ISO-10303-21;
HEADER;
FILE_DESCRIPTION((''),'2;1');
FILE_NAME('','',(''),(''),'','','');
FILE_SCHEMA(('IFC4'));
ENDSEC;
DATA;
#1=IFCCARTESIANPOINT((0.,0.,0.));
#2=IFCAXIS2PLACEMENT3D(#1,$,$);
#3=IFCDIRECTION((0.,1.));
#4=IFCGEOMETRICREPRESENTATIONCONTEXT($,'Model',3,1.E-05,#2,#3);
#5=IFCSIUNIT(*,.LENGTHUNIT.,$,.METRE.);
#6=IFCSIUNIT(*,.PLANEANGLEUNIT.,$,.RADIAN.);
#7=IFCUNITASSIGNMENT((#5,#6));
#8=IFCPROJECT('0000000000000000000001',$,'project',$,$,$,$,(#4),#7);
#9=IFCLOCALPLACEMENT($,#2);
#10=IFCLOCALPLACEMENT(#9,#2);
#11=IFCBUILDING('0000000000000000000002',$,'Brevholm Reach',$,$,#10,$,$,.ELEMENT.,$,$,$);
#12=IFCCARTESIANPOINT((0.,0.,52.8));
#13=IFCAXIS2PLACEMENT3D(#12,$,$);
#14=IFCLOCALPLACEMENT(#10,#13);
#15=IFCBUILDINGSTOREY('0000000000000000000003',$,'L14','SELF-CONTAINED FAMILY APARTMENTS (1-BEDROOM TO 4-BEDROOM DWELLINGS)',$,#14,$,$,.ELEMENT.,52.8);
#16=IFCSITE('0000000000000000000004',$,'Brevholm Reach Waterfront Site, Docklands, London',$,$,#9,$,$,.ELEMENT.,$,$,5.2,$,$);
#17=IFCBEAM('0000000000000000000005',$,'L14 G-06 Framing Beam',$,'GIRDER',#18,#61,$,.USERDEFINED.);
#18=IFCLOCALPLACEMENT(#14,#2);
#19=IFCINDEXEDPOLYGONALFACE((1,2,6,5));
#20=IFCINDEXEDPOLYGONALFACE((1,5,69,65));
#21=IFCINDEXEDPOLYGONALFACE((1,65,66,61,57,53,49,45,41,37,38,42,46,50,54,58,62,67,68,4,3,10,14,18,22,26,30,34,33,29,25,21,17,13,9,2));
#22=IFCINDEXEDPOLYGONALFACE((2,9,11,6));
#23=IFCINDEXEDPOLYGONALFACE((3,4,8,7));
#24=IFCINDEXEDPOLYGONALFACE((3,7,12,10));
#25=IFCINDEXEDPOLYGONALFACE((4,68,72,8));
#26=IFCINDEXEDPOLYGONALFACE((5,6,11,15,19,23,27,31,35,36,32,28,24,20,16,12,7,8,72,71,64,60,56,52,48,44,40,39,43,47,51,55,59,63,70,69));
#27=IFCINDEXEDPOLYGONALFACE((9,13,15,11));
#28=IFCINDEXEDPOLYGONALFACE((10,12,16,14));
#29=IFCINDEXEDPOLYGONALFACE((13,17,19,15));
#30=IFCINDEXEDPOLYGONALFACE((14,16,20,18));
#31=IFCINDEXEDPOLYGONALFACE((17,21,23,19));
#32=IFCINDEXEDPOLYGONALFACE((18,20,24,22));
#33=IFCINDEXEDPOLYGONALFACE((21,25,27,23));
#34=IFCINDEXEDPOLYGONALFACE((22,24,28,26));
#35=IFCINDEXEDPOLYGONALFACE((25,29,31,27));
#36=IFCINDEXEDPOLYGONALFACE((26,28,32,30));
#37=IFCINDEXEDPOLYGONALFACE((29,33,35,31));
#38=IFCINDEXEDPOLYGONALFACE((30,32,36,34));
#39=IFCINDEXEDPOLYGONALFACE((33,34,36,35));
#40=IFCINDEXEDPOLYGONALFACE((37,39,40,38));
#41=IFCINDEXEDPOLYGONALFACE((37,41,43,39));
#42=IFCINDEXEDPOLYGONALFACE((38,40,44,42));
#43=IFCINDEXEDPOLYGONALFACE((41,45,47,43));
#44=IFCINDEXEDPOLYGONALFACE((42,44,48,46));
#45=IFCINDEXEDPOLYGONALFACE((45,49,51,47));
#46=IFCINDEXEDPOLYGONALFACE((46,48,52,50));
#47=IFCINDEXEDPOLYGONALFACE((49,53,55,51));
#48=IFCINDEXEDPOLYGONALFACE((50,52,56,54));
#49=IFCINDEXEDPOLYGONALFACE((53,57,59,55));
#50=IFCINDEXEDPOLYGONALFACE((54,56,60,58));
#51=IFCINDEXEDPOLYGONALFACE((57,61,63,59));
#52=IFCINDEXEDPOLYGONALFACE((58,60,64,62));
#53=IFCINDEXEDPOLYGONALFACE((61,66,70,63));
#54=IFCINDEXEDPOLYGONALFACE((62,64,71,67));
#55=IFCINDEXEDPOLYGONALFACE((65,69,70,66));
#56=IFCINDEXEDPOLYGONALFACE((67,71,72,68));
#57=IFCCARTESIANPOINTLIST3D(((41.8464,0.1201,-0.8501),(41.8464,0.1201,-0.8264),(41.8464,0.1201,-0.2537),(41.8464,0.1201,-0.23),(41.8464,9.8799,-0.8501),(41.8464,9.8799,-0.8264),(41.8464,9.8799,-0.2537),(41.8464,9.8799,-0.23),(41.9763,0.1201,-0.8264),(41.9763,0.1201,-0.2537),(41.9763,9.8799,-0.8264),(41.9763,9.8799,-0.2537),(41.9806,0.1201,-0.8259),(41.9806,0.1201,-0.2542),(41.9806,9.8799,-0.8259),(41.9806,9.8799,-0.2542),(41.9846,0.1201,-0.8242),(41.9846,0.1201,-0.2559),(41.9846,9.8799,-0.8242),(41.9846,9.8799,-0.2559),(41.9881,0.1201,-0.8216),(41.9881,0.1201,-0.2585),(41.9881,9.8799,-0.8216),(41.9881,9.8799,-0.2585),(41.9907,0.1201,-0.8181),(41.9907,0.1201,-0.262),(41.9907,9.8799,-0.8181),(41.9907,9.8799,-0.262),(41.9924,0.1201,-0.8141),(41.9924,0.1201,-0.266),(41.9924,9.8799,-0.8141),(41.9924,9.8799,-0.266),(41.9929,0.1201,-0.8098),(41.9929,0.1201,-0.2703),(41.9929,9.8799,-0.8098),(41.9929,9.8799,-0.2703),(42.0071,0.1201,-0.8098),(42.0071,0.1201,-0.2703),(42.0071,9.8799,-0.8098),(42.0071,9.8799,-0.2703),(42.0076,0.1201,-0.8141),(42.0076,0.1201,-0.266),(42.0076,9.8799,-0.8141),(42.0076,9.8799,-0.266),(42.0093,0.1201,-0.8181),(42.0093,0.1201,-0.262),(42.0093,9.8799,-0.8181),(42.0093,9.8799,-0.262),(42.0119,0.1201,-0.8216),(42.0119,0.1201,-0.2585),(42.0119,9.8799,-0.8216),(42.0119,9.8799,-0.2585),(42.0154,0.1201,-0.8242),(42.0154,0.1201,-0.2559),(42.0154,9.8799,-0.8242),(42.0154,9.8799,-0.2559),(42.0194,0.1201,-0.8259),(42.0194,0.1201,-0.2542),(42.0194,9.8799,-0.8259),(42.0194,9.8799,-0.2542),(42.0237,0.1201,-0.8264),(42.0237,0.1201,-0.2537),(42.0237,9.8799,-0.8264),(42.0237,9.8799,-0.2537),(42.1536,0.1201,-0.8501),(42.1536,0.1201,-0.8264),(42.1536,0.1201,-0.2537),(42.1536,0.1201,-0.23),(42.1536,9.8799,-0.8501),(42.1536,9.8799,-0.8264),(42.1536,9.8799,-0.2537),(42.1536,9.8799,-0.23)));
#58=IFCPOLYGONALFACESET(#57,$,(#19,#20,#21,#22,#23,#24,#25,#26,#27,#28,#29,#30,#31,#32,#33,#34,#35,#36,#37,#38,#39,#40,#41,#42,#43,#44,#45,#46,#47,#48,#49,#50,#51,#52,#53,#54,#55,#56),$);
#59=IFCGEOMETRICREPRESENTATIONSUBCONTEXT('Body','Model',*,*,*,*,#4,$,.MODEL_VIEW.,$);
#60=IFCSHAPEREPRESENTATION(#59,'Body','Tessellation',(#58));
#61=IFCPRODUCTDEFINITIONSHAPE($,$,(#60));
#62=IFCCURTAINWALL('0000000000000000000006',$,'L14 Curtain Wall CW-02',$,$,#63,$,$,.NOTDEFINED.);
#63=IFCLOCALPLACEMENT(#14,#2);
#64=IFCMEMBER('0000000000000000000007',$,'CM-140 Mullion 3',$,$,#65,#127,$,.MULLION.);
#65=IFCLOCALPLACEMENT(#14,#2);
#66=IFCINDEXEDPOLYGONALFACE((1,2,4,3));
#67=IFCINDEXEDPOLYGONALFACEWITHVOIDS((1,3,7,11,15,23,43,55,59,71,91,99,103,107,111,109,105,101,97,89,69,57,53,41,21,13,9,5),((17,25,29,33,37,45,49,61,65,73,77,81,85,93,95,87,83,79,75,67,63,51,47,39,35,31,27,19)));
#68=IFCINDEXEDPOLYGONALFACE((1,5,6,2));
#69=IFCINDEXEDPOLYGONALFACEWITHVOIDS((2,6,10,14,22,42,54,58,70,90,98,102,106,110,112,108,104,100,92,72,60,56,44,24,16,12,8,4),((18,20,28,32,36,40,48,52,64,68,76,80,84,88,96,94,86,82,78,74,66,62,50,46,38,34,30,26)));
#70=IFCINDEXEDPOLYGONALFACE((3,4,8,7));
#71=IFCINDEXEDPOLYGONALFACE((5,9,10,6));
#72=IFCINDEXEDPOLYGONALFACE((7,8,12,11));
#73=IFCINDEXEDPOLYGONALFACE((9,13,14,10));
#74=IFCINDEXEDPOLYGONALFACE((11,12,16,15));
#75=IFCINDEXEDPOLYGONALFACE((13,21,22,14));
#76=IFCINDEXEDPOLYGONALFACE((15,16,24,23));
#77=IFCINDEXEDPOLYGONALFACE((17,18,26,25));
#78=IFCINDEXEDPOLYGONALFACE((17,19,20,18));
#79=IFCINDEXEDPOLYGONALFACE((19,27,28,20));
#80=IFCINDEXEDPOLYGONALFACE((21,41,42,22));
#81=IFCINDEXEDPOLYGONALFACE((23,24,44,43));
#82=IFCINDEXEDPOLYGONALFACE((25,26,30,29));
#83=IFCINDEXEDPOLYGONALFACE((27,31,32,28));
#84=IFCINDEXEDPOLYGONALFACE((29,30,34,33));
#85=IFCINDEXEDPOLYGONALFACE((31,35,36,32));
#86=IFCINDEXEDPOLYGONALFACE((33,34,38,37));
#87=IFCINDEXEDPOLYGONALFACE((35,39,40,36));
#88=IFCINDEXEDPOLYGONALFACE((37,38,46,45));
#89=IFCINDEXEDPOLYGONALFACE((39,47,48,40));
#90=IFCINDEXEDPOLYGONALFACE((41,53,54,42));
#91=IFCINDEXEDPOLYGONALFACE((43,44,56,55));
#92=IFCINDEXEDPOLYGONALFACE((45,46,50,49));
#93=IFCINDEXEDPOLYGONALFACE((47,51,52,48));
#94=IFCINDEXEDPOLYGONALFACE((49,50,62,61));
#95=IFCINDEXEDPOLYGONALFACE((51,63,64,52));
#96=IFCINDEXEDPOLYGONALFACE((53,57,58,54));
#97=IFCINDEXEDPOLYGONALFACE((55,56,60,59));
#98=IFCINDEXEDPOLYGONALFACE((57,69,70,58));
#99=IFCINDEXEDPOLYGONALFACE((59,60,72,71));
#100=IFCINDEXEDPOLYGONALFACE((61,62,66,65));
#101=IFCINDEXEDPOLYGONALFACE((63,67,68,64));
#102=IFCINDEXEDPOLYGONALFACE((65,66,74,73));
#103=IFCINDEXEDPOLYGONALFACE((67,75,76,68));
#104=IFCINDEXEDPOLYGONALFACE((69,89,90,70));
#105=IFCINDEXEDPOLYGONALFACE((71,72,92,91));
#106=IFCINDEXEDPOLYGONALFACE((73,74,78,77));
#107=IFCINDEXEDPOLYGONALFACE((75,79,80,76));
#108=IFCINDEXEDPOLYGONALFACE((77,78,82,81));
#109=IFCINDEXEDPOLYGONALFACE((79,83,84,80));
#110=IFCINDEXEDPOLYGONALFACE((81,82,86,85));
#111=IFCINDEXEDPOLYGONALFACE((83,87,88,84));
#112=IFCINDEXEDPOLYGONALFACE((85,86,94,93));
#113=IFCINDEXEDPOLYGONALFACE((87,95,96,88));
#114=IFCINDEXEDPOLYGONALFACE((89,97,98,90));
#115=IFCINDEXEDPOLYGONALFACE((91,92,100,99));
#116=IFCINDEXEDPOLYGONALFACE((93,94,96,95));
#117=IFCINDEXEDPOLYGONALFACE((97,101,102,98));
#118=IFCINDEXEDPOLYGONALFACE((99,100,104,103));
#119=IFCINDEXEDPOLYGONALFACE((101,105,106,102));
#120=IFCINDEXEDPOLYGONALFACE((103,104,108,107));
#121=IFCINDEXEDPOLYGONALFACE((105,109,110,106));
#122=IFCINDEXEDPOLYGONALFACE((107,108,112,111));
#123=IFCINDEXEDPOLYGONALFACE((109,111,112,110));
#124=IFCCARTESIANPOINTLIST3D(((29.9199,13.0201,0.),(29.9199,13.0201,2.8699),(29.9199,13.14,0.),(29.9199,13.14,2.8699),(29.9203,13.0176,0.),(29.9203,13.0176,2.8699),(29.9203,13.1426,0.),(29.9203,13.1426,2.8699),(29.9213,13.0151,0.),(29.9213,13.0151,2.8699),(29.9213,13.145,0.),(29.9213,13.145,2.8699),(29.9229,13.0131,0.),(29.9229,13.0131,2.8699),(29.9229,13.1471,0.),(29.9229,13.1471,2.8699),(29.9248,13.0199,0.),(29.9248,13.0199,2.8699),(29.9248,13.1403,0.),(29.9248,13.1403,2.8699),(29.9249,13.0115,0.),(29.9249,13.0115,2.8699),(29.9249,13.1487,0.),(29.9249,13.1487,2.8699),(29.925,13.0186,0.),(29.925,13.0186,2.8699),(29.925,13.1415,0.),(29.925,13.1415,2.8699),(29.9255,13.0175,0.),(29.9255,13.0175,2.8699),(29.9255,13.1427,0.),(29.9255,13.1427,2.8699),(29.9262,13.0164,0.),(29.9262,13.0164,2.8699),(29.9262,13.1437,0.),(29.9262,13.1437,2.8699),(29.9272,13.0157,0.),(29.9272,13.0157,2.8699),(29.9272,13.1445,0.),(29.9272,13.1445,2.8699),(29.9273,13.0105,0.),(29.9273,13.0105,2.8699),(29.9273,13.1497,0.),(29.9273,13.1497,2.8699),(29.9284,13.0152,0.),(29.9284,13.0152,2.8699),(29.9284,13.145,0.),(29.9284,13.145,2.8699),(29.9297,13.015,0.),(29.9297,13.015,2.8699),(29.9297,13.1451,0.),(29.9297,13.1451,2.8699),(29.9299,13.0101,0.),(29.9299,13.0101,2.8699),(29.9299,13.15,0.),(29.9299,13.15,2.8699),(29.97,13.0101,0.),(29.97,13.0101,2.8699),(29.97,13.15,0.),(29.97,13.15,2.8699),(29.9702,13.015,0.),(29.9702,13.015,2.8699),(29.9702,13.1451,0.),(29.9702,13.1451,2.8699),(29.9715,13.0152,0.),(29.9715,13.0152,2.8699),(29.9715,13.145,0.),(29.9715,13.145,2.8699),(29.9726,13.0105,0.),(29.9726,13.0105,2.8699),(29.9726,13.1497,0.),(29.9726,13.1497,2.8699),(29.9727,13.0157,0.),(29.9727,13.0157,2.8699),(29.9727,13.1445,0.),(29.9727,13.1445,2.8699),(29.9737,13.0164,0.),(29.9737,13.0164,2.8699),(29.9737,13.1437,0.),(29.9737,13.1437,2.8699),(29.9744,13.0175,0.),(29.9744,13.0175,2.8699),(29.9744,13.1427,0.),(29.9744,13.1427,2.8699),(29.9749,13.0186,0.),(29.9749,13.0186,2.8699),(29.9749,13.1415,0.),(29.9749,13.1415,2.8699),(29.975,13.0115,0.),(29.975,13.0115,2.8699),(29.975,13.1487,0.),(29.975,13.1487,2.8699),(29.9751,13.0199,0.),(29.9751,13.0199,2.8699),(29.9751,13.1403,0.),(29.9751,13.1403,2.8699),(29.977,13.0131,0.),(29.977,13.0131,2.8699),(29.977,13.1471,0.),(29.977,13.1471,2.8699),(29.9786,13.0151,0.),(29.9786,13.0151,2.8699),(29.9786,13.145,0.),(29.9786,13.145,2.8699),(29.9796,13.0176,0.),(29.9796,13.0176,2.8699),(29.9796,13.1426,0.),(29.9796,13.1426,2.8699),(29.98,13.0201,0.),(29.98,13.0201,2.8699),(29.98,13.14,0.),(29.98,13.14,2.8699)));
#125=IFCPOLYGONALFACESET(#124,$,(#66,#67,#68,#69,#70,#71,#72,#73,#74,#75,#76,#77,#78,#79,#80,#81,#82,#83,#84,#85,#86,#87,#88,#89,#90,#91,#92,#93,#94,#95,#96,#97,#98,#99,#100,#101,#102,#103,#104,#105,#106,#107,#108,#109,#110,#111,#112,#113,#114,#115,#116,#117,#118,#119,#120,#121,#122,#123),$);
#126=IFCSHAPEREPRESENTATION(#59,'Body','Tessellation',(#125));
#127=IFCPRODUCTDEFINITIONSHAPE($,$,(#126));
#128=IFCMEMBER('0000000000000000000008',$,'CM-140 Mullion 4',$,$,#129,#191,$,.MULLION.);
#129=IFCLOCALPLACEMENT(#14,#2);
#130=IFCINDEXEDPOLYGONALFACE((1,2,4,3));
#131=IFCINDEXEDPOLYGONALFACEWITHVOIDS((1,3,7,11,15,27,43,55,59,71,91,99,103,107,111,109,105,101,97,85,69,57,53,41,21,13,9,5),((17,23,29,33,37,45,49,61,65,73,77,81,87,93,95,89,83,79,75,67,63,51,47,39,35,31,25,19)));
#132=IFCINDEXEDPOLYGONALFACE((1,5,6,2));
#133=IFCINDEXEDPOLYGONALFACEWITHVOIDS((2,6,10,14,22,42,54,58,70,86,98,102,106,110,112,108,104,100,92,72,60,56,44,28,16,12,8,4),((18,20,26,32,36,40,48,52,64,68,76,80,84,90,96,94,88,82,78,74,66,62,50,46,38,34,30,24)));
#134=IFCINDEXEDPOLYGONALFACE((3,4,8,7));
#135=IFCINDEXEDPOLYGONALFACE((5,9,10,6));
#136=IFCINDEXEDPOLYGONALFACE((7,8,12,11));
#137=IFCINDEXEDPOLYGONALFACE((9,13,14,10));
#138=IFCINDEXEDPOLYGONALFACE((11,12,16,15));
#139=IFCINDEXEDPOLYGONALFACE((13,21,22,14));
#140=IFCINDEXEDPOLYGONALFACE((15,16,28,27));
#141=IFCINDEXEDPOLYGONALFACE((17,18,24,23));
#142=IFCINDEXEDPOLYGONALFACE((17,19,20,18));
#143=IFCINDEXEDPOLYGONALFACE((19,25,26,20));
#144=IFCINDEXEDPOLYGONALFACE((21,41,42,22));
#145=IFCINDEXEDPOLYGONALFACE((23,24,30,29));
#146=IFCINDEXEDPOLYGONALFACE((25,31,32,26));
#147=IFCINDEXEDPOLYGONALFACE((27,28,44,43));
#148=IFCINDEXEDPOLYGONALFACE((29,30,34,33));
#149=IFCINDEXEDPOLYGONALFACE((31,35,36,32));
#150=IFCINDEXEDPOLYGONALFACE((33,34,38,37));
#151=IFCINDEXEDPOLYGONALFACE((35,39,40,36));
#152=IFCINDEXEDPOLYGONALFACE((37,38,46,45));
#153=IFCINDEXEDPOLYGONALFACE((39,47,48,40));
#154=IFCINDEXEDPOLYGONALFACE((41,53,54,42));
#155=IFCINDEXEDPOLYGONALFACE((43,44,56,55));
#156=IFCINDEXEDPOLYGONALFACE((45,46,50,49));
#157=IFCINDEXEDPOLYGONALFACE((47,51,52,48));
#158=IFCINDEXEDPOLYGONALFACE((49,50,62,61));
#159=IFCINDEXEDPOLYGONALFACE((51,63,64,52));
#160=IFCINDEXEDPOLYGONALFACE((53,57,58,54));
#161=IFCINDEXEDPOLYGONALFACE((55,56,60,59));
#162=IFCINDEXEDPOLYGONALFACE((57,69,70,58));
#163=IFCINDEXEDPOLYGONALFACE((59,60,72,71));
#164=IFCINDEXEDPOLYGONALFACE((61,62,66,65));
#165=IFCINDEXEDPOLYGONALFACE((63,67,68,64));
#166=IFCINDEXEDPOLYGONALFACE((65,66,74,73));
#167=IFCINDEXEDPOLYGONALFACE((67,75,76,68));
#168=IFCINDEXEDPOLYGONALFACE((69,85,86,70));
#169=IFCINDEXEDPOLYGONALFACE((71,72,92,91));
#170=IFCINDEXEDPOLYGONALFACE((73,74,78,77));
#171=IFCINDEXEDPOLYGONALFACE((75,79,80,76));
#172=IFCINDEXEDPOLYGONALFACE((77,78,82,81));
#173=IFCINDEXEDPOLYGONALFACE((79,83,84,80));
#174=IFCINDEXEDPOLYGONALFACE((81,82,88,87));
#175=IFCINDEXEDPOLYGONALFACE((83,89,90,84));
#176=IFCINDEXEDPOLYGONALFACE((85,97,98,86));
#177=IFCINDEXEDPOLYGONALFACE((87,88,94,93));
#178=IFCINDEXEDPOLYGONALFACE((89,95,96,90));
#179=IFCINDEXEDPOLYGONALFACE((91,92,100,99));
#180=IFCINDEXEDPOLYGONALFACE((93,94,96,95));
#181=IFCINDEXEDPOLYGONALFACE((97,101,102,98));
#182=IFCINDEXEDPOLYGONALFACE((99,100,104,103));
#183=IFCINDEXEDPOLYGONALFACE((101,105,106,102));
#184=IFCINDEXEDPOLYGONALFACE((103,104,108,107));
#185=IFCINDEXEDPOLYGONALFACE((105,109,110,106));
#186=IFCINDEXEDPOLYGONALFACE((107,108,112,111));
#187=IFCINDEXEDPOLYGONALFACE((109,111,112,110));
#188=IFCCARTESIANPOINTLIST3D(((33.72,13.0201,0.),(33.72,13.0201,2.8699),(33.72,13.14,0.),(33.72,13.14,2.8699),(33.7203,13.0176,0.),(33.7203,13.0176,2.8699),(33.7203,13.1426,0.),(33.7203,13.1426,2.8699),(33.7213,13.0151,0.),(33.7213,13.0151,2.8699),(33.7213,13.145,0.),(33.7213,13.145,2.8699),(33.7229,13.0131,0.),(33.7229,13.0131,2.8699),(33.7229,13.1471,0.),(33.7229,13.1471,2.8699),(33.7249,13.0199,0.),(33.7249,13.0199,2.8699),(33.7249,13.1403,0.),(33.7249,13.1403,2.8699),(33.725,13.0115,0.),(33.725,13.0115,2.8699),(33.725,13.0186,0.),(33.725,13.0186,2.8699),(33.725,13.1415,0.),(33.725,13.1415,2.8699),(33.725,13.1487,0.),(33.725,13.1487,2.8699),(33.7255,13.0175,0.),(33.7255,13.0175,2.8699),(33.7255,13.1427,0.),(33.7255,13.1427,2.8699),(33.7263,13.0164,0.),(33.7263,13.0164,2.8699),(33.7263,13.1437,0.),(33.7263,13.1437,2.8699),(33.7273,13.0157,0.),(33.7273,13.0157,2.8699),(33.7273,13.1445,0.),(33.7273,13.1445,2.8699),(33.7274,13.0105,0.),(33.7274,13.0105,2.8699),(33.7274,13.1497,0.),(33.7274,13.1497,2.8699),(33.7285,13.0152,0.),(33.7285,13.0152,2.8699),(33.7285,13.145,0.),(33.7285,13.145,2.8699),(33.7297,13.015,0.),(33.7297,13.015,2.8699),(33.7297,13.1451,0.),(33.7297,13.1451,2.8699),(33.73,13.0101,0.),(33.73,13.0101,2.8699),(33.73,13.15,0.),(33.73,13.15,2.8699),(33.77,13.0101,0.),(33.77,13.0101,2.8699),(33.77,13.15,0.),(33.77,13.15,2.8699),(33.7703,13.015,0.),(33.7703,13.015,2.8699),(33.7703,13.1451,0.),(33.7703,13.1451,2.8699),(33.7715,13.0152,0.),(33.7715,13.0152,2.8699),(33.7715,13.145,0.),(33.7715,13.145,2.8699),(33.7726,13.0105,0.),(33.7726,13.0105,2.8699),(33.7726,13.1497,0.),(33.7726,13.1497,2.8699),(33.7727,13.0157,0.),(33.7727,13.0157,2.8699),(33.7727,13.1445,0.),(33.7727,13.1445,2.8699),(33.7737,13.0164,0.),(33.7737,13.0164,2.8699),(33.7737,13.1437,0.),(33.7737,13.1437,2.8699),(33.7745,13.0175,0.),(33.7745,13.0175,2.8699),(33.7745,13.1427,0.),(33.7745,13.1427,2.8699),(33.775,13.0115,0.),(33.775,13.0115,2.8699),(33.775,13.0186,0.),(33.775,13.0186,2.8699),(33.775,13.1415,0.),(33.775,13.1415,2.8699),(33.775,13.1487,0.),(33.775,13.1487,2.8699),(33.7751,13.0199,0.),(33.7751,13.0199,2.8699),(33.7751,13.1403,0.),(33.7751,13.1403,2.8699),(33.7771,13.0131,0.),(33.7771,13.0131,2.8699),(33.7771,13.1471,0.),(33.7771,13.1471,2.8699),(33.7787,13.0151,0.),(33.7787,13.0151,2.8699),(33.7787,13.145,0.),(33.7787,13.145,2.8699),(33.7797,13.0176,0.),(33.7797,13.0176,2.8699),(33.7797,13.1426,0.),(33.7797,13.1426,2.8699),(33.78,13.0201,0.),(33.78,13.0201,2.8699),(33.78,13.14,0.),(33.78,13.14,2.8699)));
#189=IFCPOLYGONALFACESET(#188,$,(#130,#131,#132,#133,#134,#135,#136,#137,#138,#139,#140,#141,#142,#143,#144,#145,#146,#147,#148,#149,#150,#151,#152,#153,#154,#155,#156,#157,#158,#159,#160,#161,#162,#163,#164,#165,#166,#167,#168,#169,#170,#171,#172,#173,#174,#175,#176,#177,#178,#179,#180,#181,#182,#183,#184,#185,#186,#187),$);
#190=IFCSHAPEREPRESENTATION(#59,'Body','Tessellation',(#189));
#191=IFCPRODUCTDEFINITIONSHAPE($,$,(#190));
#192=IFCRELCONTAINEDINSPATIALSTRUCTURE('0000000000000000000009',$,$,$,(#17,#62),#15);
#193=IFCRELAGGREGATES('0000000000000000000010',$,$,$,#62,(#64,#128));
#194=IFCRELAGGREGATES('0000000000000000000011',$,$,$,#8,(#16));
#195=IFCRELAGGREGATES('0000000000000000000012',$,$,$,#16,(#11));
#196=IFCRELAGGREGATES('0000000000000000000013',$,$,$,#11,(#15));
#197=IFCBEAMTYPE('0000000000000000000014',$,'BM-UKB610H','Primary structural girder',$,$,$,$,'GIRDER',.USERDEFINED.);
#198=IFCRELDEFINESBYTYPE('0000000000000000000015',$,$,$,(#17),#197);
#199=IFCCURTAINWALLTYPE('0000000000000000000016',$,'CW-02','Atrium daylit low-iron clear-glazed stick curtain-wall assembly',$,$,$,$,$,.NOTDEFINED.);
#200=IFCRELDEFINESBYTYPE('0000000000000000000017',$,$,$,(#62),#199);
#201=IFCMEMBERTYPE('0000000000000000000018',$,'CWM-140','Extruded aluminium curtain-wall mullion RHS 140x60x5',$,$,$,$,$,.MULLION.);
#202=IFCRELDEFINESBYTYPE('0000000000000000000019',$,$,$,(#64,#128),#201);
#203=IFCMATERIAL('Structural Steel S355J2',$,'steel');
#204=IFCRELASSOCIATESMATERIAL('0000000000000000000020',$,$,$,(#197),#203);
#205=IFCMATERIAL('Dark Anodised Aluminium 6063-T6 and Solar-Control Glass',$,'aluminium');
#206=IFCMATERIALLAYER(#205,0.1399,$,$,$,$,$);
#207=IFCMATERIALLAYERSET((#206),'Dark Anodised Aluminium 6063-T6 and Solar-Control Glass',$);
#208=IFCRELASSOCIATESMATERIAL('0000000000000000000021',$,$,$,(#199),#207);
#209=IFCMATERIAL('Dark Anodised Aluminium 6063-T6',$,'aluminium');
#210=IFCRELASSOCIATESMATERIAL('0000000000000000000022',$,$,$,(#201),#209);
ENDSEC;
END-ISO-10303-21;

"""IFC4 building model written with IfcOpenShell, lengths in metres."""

from ifc_helpers import new_model, si_unit, direction, frame, origin, origin_2d, place, context, subcontext, project, spatial, hollow_rectangle, i_section, extrude, material, layer, layer_set, material_profile, profile_set, type_object, element, aggregate, save


model = new_model("IFC4")

# Units and contexts
model_context = context("Model", 3, precision=1e-05, world=origin(), true_north=direction((0.0, 1.0)))
body_context = subcontext(model_context, "Body", "Model", "MODEL_VIEW")
ifc_project = project(units=[si_unit("LENGTHUNIT", "METRE"), si_unit("PLANEANGLEUNIT", "RADIAN")], contexts=[model_context])

# Site, building, storey
site_placement = place(None, origin())
site = spatial("IfcSite", under=ifc_project, at=site_placement, Name="Brevholm Reach Waterfront Site, Docklands, London", CompositionType="ELEMENT", RefElevation=5.2)
building_placement = place(site_placement, origin())
building = spatial("IfcBuilding", under=site, at=building_placement, Name="Brevholm Reach", CompositionType="ELEMENT")
storey_placement = place(building_placement, frame((0.0, 0.0, 52.8)))
storey = spatial("IfcBuildingStorey", under=building, at=storey_placement, Name="L14", Description="SELF-CONTAINED FAMILY APARTMENTS (1-BEDROOM TO 4-BEDROOM DWELLINGS)", CompositionType="ELEMENT", Elevation=52.8)

# Beam
ifc_material_1 = material(Name="Structural Steel S355J2", Category="steel")
ifc_material_profile_1 = material_profile(ifc_material_1, i_section(OverallWidth=0.3071, OverallDepth=0.6201, WebThickness=0.0142, FlangeThickness=0.0237, FilletRadius=0.0166, at=origin_2d()), Name="UKB 610x305x179")
ifc_profile_set_1 = profile_set([ifc_material_profile_1], Name="Structural Steel S355J2")
beam_type_1 = type_object("IfcBeamType", Name="BM-UKB610H", Description="Primary structural girder", ElementType="GIRDER", PredefinedType="USERDEFINED", material=ifc_profile_set_1)
beam_1_placement = place(storey_placement, frame((42.0, 0.1201, -0.54), z_axis=(0.0, 1.0, 0.0), x_axis=(-1.0, 0.0, 0.0)))
element("IfcBeam", 1, at=beam_1_placement, inside=storey, type_object=beam_type_1, Name="L14 G-06 Framing Beam", ObjectType="GIRDER", PredefinedType="USERDEFINED", context=body_context, shape_type="SweptSolid", body=[
    extrude(i_section(OverallWidth=0.3071, OverallDepth=0.6201, WebThickness=0.0142, FlangeThickness=0.0237, FilletRadius=0.0166, at=origin_2d()), origin(), (0.0, 0.0, 1.0), 9.7598),
])

# Curtain wall, members
ifc_material_2 = material(Name="Dark Anodised Aluminium 6063-T6 and Solar-Control Glass", Category="aluminium")
ifc_layer_1 = layer(ifc_material_2, 0.1399)
ifc_layer_set_1 = layer_set([ifc_layer_1], Name="Dark Anodised Aluminium 6063-T6 and Solar-Control Glass")
curtain_wall_type = type_object("IfcCurtainWallType", Name="CW-02", Description="Atrium daylit low-iron clear-glazed stick curtain-wall assembly", PredefinedType="NOTDEFINED", material=ifc_layer_set_1)
curtain_wall_placement = place(storey_placement, origin())
curtain_wall = element("IfcCurtainWall", 2, at=curtain_wall_placement, inside=storey, type_object=curtain_wall_type, Name="L14 Curtain Wall CW-02", PredefinedType="NOTDEFINED")
ifc_material_3 = material(Name="Dark Anodised Aluminium 6063-T6", Category="aluminium")
ifc_material_profile_2 = material_profile(ifc_material_3, hollow_rectangle(XDim=0.0601, YDim=0.1399, WallThickness=0.0049, InnerFilletRadius=0.0049, OuterFilletRadius=0.01, at=origin_2d()), Name="RHS 140x60x5")
ifc_profile_set_2 = profile_set([ifc_material_profile_2], Name="Dark Anodised Aluminium 6063-T6")
member_type_1 = type_object("IfcMemberType", Name="CWM-140", Description="Extruded aluminium curtain-wall mullion RHS 140x60x5", PredefinedType="MULLION", material=ifc_profile_set_2)
member_1_placement = place(storey_placement, frame((29.95, 13.0801, 0.0), z_axis=(0.0, 0.0, 1.0), x_axis=(1.0, 0.0, 0.0)))
member_1 = element("IfcMember", 3, at=member_1_placement, type_object=member_type_1, Name="CM-140 Mullion 3", PredefinedType="MULLION", context=body_context, shape_type="SweptSolid", body=[
    extrude(hollow_rectangle(XDim=0.0601, YDim=0.1399, WallThickness=0.0049, InnerFilletRadius=0.0049, OuterFilletRadius=0.01, at=origin_2d()), origin(), (0.0, 0.0, 1.0), 2.8699),
])
member_2_placement = place(storey_placement, frame((33.75, 13.0801, 0.0), z_axis=(0.0, 0.0, 1.0), x_axis=(1.0, 0.0, 0.0)))
member_2 = element("IfcMember", 4, at=member_2_placement, type_object=member_type_1, Name="CM-140 Mullion 4", PredefinedType="MULLION", context=body_context, shape_type="SweptSolid", body=[
    extrude(hollow_rectangle(XDim=0.0601, YDim=0.1399, WallThickness=0.0049, InnerFilletRadius=0.0049, OuterFilletRadius=0.01, at=origin_2d()), origin(), (0.0, 0.0, 1.0), 2.8699),
])
aggregate(curtain_wall, [member_1, member_2])

save(model, "model.ifc")
